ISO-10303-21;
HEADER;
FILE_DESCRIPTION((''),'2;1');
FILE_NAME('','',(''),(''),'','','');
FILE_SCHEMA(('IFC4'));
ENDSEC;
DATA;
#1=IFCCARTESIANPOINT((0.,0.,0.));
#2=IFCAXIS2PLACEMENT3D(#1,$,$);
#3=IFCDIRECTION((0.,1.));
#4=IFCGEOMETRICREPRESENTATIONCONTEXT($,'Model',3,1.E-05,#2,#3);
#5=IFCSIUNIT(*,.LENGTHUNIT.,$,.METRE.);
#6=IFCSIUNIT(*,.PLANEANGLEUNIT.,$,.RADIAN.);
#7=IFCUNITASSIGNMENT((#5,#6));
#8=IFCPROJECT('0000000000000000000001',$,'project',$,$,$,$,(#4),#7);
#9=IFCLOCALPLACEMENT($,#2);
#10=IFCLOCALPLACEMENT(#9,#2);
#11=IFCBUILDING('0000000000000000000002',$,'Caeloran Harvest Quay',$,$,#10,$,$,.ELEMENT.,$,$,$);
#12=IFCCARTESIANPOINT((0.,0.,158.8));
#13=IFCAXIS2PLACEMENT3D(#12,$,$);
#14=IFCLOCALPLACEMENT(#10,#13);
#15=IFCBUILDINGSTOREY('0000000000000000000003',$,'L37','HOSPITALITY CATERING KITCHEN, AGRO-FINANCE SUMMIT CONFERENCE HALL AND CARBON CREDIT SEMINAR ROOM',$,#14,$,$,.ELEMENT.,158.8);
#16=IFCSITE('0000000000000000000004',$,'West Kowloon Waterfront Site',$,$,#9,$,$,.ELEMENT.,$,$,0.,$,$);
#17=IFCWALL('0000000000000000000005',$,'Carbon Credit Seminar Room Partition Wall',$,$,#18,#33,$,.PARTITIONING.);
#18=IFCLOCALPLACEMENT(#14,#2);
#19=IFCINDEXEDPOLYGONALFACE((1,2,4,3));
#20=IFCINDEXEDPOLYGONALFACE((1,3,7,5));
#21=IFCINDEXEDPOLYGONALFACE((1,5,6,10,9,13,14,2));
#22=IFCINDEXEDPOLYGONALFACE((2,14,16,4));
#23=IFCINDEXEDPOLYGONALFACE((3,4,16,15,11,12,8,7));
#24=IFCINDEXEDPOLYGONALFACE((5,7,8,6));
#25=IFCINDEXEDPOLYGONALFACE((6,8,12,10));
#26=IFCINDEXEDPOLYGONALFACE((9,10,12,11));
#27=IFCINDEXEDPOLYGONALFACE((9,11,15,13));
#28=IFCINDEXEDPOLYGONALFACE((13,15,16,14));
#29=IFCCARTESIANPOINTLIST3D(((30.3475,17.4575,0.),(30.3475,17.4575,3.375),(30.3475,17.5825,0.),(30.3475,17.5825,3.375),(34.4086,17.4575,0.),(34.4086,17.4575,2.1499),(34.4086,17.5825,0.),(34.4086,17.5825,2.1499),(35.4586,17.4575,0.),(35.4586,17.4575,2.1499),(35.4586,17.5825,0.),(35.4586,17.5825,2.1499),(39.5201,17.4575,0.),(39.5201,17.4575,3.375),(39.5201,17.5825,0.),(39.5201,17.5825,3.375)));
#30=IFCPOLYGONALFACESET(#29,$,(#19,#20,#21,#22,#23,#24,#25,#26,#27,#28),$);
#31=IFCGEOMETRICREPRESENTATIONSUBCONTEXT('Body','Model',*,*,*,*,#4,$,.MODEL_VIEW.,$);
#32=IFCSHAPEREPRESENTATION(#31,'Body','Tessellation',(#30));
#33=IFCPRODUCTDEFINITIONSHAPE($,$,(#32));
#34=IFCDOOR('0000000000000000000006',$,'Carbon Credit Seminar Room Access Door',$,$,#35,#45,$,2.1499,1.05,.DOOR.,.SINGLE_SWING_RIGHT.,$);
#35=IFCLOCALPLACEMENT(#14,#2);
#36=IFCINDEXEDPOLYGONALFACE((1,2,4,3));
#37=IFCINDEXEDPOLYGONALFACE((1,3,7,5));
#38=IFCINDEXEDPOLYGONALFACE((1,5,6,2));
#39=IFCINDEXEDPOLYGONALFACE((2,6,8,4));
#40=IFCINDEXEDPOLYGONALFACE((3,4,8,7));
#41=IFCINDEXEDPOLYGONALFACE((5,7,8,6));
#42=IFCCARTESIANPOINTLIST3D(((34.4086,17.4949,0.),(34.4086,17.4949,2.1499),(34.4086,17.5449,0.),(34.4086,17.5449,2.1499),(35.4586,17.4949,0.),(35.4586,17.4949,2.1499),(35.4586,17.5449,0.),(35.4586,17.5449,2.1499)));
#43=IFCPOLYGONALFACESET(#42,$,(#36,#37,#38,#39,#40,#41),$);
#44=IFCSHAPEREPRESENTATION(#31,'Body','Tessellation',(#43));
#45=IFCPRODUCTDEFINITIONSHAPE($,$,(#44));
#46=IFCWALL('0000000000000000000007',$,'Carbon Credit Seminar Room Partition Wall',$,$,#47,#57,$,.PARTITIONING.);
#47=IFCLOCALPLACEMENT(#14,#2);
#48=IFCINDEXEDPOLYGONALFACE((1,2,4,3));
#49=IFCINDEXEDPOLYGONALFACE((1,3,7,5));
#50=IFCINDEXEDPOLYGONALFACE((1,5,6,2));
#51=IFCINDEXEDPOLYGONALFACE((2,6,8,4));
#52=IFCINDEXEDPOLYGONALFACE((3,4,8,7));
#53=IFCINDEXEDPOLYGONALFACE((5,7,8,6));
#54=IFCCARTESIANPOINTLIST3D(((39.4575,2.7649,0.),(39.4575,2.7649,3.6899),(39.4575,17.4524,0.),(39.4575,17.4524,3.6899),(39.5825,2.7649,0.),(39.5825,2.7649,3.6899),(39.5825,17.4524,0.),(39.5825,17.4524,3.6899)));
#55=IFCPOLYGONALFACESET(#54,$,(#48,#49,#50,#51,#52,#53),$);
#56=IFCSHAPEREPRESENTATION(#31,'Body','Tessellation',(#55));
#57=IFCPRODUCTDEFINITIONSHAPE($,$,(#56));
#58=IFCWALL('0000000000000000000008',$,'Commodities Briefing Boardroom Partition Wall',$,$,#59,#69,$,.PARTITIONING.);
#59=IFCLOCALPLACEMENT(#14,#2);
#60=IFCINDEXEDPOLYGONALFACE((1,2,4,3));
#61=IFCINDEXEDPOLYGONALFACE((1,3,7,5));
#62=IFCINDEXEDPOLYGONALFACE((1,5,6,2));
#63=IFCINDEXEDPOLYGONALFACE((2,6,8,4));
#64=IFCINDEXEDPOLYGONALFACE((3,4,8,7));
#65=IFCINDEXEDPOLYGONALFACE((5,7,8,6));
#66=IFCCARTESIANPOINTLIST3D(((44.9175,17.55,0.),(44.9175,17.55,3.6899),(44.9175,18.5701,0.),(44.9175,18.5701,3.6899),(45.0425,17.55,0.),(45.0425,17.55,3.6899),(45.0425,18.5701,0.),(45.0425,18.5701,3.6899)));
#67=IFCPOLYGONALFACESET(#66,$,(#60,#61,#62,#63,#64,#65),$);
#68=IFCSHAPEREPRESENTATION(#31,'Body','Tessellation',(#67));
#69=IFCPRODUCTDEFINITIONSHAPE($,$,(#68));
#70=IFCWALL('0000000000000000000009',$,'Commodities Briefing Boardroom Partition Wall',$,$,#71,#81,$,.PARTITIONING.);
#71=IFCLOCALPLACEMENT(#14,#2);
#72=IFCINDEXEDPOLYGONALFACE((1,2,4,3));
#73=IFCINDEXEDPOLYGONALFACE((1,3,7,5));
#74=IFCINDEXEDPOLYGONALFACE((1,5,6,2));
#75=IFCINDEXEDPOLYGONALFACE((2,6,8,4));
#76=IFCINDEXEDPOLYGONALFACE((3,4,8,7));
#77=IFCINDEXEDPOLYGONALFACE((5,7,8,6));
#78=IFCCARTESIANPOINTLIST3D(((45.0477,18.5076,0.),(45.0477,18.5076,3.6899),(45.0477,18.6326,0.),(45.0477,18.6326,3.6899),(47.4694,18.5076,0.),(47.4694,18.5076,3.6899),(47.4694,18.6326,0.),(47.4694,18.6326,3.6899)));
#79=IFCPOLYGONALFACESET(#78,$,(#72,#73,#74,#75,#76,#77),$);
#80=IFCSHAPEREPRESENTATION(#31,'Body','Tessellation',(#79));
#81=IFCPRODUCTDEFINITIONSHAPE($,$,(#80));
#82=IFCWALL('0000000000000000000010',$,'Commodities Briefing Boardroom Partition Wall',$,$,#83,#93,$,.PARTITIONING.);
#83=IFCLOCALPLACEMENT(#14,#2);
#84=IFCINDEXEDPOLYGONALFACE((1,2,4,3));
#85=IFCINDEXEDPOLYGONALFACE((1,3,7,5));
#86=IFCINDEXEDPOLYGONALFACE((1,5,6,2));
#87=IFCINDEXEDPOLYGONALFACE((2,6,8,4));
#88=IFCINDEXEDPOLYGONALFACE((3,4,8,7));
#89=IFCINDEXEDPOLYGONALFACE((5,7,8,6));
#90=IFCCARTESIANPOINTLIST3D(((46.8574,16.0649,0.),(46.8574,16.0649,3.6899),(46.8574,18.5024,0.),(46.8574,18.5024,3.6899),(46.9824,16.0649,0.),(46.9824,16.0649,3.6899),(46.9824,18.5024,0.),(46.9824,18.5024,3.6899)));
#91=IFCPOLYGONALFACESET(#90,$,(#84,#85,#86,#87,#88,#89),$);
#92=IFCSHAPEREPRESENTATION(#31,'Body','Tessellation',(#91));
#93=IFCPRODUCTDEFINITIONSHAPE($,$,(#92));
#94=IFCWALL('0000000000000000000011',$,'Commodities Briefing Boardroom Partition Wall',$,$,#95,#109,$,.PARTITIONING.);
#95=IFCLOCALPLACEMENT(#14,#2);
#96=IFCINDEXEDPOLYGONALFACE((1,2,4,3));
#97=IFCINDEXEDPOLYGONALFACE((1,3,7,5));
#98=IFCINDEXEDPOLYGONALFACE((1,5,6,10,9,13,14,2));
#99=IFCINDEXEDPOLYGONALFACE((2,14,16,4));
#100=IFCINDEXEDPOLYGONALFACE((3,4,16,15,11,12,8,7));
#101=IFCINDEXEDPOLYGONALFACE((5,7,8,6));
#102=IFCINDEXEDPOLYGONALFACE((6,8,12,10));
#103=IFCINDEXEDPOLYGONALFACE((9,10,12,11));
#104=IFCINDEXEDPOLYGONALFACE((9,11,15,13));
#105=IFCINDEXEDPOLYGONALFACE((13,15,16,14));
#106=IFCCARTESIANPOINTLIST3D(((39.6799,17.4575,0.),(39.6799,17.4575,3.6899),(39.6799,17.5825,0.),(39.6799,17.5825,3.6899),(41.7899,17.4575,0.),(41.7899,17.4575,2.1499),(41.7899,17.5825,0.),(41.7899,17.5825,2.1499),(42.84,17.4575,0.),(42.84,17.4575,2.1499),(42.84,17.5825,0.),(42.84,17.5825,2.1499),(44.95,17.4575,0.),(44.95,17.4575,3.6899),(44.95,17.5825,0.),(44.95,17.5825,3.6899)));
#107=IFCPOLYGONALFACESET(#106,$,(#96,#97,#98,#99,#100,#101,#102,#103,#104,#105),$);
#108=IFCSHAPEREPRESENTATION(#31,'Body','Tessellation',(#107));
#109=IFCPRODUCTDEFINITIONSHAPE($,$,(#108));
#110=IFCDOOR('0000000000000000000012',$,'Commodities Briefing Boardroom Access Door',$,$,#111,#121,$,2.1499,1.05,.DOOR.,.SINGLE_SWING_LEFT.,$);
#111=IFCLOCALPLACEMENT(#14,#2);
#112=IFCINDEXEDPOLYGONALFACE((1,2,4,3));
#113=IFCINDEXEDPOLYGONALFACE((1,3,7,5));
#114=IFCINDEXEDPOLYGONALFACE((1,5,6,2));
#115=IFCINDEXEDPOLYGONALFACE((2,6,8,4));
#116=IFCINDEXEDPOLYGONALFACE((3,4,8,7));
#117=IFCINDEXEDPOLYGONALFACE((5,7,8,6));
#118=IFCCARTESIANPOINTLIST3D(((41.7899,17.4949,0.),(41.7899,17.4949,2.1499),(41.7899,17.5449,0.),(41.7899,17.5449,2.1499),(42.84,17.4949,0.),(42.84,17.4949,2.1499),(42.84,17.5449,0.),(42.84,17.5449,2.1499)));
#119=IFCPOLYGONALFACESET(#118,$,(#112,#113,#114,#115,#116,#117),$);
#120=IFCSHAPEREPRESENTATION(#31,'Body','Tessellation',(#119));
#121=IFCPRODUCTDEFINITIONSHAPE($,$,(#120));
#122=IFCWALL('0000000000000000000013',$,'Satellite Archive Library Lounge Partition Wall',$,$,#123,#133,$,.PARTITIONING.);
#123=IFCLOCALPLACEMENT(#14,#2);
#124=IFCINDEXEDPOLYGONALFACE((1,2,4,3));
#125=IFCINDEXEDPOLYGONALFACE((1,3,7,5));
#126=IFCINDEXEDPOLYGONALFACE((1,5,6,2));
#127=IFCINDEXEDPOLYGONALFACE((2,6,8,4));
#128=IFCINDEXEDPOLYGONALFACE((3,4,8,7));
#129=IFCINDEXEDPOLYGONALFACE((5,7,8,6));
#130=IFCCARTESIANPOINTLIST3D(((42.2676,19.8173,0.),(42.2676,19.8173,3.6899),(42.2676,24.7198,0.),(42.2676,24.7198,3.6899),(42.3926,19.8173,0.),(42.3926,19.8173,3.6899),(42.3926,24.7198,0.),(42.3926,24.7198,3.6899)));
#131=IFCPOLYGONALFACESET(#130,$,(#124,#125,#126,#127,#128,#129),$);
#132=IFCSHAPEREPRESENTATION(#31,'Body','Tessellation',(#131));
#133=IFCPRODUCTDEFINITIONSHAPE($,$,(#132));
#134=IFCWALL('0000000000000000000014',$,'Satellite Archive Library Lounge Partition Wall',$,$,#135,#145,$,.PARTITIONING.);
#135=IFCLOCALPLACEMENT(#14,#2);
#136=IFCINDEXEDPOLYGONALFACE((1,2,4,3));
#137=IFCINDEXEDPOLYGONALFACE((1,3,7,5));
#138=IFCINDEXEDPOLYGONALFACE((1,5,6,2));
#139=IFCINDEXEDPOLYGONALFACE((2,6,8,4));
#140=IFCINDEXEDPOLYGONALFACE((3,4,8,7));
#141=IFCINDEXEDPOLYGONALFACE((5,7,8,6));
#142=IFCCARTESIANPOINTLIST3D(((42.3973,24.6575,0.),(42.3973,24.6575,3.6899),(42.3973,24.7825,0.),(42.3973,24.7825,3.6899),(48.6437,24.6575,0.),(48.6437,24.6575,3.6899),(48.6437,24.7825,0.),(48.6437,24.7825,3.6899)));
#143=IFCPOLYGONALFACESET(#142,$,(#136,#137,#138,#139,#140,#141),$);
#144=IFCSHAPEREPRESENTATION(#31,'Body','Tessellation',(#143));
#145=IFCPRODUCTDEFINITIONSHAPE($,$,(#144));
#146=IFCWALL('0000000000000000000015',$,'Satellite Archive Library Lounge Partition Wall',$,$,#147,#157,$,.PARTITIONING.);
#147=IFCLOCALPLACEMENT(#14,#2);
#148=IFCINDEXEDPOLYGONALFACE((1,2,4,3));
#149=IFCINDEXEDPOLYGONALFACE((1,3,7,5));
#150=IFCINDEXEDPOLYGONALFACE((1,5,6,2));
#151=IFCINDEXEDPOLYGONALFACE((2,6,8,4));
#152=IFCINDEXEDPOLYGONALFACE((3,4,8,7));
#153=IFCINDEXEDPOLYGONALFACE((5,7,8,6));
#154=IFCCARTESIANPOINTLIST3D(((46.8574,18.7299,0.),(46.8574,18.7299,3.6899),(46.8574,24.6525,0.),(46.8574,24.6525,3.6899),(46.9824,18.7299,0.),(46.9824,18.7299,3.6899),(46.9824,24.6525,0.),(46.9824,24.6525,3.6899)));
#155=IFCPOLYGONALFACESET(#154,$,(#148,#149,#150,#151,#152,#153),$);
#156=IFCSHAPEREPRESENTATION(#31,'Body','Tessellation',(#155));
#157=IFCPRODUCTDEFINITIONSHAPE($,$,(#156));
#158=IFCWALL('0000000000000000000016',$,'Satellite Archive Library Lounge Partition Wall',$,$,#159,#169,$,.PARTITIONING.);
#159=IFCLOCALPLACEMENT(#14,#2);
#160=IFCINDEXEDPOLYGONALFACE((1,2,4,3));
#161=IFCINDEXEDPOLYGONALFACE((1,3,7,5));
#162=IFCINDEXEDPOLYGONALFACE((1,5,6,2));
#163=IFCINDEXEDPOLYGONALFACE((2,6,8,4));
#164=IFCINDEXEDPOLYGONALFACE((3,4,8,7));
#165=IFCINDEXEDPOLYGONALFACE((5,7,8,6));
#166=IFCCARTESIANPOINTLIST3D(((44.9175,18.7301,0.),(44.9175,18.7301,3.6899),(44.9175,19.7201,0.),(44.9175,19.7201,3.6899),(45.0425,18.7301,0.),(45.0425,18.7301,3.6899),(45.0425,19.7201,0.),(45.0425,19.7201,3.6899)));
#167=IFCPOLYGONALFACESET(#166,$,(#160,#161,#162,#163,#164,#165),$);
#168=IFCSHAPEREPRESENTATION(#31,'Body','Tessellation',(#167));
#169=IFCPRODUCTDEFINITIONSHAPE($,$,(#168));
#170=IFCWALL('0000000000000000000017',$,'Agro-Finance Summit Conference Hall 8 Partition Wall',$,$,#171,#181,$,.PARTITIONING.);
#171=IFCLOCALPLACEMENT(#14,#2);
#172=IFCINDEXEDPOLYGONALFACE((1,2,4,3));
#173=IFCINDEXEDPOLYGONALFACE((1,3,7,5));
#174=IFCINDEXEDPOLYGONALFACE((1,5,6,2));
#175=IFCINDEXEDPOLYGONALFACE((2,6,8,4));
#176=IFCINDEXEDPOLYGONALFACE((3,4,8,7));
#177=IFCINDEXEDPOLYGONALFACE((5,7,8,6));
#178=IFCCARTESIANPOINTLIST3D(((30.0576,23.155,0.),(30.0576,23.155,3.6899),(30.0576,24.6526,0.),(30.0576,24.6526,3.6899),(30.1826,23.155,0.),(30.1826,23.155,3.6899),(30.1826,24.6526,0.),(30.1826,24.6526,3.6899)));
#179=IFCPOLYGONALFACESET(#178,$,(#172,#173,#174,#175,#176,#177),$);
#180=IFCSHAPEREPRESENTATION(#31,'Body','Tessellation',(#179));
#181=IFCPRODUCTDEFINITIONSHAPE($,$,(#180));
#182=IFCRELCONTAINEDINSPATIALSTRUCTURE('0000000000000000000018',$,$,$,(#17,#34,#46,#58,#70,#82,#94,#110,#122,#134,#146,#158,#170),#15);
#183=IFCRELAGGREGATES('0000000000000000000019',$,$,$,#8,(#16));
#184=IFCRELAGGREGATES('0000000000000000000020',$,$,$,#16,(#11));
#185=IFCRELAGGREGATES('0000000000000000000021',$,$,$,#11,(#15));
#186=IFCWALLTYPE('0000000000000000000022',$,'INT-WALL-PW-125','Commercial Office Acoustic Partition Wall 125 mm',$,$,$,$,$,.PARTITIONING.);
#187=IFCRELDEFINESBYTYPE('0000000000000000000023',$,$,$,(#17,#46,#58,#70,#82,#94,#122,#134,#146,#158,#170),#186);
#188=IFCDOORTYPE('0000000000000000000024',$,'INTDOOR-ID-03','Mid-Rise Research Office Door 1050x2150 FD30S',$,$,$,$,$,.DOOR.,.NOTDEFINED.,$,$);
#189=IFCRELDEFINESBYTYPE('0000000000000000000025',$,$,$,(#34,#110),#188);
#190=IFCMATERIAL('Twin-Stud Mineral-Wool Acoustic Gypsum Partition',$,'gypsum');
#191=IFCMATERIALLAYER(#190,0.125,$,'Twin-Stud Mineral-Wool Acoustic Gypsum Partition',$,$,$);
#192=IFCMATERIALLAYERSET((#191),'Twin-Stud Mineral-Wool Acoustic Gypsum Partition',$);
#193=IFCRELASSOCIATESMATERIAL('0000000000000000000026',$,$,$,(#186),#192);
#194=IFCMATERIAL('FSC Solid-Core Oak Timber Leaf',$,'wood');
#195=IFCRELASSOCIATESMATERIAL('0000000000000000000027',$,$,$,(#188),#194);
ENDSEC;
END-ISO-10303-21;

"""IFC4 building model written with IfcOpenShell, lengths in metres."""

from ifc_helpers import new_model, si_unit, direction, frame, frame_2d, origin, place, context, subcontext, project, spatial, rectangle, extrude, material, layer, layer_set, type_object, element, fill, save


model = new_model("IFC4")

# Units and contexts
model_context = context("Model", 3, precision=1e-05, world=origin(), true_north=direction((0.0, 1.0)))
body_context = subcontext(model_context, "Body", "Model", "MODEL_VIEW")
ifc_project = project(units=[si_unit("LENGTHUNIT", "METRE"), si_unit("PLANEANGLEUNIT", "RADIAN")], contexts=[model_context])

# Site, building, storey
site_placement = place(None, origin())
site = spatial("IfcSite", under=ifc_project, at=site_placement, Name="West Kowloon Waterfront Site", CompositionType="ELEMENT", RefElevation=0.0)
building_placement = place(site_placement, origin())
building = spatial("IfcBuilding", under=site, at=building_placement, Name="Caeloran Harvest Quay", CompositionType="ELEMENT")
storey_placement = place(building_placement, frame((0.0, 0.0, 158.8)))
storey = spatial("IfcBuildingStorey", under=building, at=storey_placement, Name="L37", Description="HOSPITALITY CATERING KITCHEN, AGRO-FINANCE SUMMIT CONFERENCE HALL AND CARBON CREDIT SEMINAR ROOM", CompositionType="ELEMENT", Elevation=158.8)

# Wall, opening, door
ifc_material_1 = material(Name="Twin-Stud Mineral-Wool Acoustic Gypsum Partition", Category="gypsum")
ifc_layer_1 = layer(ifc_material_1, 0.125, Name="Twin-Stud Mineral-Wool Acoustic Gypsum Partition")
ifc_layer_set_1 = layer_set([ifc_layer_1], Name="Twin-Stud Mineral-Wool Acoustic Gypsum Partition")
wall_type_1 = type_object("IfcWallType", Name="INT-WALL-PW-125", Description="Commercial Office Acoustic Partition Wall 125 mm", PredefinedType="PARTITIONING", material=ifc_layer_set_1)
wall_1_placement = place(storey_placement, frame((30.3474, 17.52, 0.0), z_axis=(0.0, 0.0, 1.0), x_axis=(1.0, 0.0, 0.0)))
wall_1 = element("IfcWall", 1, at=wall_1_placement, inside=storey, type_object=wall_type_1, Name="Carbon Credit Seminar Room Partition Wall", PredefinedType="PARTITIONING", context=body_context, shape_type="SweptSolid", body=[
    extrude(rectangle(XDim=9.1726, YDim=0.125, at=frame_2d((4.5864, 0.0))), origin(), (0.0, 0.0, 1.0), 3.375),
])
opening_1_placement = place(wall_1_placement, frame((4.0613, 0.0, 0.0)))
opening_1 = element("IfcOpeningElement", 2, at=opening_1_placement, cuts=wall_1, PredefinedType="OPENING", context=body_context, shape_type="SweptSolid", body=[
    extrude(rectangle(XDim=1.05, YDim=2.1499, at=frame_2d((0.5249, 1.075))), frame((0.0, 0.0725, 0.0), z_axis=(0.0, -1.0, 0.0), x_axis=(1.0, 0.0, 0.0)), (0.0, 0.0, 1.0), 0.145),
])
ifc_material_2 = material(Name="FSC Solid-Core Oak Timber Leaf", Category="wood")
door_type = type_object("IfcDoorType", Name="INTDOOR-ID-03", Description="Mid-Rise Research Office Door 1050x2150 FD30S", OperationType="NOTDEFINED", PredefinedType="DOOR", material=ifc_material_2)
door_1_placement = place(opening_1_placement, origin())
door_1 = element("IfcDoor", 3, at=door_1_placement, inside=storey, type_object=door_type, Name="Carbon Credit Seminar Room Access Door", OperationType="SINGLE_SWING_RIGHT", OverallHeight=2.1499, OverallWidth=1.05, PredefinedType="DOOR", context=body_context, shape_type="SweptSolid", body=[
    extrude(rectangle(XDim=1.05, YDim=2.1499, at=frame_2d((0.5249, 1.075))), frame((0.0, 0.0249, 0.0), z_axis=(0.0, -1.0, 0.0), x_axis=(1.0, 0.0, 0.0)), (0.0, 0.0, 1.0), 0.05),
])
fill(opening_1, door_1)

# Walls
wall_2_placement = place(storey_placement, frame((39.52, 17.4524, 0.0), z_axis=(0.0, 0.0, 1.0), x_axis=(0.0, -1.0, 0.0)))
element("IfcWall", 4, at=wall_2_placement, inside=storey, type_object=wall_type_1, Name="Carbon Credit Seminar Room Partition Wall", PredefinedType="PARTITIONING", context=body_context, shape_type="SweptSolid", body=[
    extrude(rectangle(XDim=14.6875, YDim=0.125, at=frame_2d((7.3438, 0.0))), origin(), (0.0, 0.0, 1.0), 3.6899),
])
wall_3_placement = place(storey_placement, frame((44.98, 17.55, 0.0), z_axis=(0.0, 0.0, 1.0), x_axis=(0.0, 1.0, 0.0)))
element("IfcWall", 5, at=wall_3_placement, inside=storey, type_object=wall_type_1, Name="Commodities Briefing Boardroom Partition Wall", PredefinedType="PARTITIONING", context=body_context, shape_type="SweptSolid", body=[
    extrude(rectangle(XDim=1.02, YDim=0.125, at=frame_2d((0.51, 0.0))), origin(), (0.0, 0.0, 1.0), 3.6899),
])
wall_4_placement = place(storey_placement, frame((45.0476, 18.5701, 0.0), z_axis=(0.0, 0.0, 1.0), x_axis=(1.0, 0.0, 0.0)))
element("IfcWall", 6, at=wall_4_placement, inside=storey, type_object=wall_type_1, Name="Commodities Briefing Boardroom Partition Wall", PredefinedType="PARTITIONING", context=body_context, shape_type="SweptSolid", body=[
    extrude(rectangle(XDim=2.4216, YDim=0.125, at=frame_2d((1.2109, 0.0))), origin(), (0.0, 0.0, 1.0), 3.6899),
])
wall_5_placement = place(storey_placement, frame((46.9199, 18.5024, 0.0), z_axis=(0.0, 0.0, 1.0), x_axis=(0.0, -1.0, 0.0)))
element("IfcWall", 7, at=wall_5_placement, inside=storey, type_object=wall_type_1, Name="Commodities Briefing Boardroom Partition Wall", PredefinedType="PARTITIONING", context=body_context, shape_type="SweptSolid", body=[
    extrude(rectangle(XDim=2.4375, YDim=0.125, at=frame_2d((1.2188, 0.0))), origin(), (0.0, 0.0, 1.0), 3.6899),
])

# Wall, opening, door
wall_6_placement = place(storey_placement, frame((39.6799, 17.52, 0.0), z_axis=(0.0, 0.0, 1.0), x_axis=(1.0, 0.0, 0.0)))
wall_6 = element("IfcWall", 8, at=wall_6_placement, inside=storey, type_object=wall_type_1, Name="Commodities Briefing Boardroom Partition Wall", PredefinedType="PARTITIONING", context=body_context, shape_type="SweptSolid", body=[
    extrude(rectangle(XDim=5.27, YDim=0.125, at=frame_2d((2.635, 0.0))), origin(), (0.0, 0.0, 1.0), 3.6899),
])
opening_2_placement = place(wall_6_placement, frame((2.1101, 0.0, 0.0)))
opening_2 = element("IfcOpeningElement", 9, at=opening_2_placement, cuts=wall_6, PredefinedType="OPENING", context=body_context, shape_type="SweptSolid", body=[
    extrude(rectangle(XDim=1.05, YDim=2.1499, at=frame_2d((0.5249, 1.075))), frame((0.0, 0.0725, 0.0), z_axis=(0.0, -1.0, 0.0), x_axis=(1.0, 0.0, 0.0)), (0.0, 0.0, 1.0), 0.145),
])
door_2_placement = place(opening_2_placement, origin())
door_2 = element("IfcDoor", 10, at=door_2_placement, inside=storey, type_object=door_type, Name="Commodities Briefing Boardroom Access Door", OperationType="SINGLE_SWING_LEFT", OverallHeight=2.1499, OverallWidth=1.05, PredefinedType="DOOR", context=body_context, shape_type="SweptSolid", body=[
    extrude(rectangle(XDim=1.05, YDim=2.1499, at=frame_2d((0.5249, 1.075))), frame((0.0, 0.0249, 0.0), z_axis=(0.0, -1.0, 0.0), x_axis=(1.0, 0.0, 0.0)), (0.0, 0.0, 1.0), 0.05),
])
fill(opening_2, door_2)

# Walls
wall_7_placement = place(storey_placement, frame((42.3301, 19.8174, 0.0), z_axis=(0.0, 0.0, 1.0), x_axis=(0.0, 1.0, 0.0)))
element("IfcWall", 11, at=wall_7_placement, inside=storey, type_object=wall_type_1, Name="Satellite Archive Library Lounge Partition Wall", PredefinedType="PARTITIONING", context=body_context, shape_type="SweptSolid", body=[
    extrude(rectangle(XDim=4.9026, YDim=0.125, at=frame_2d((2.4512, 0.0))), origin(), (0.0, 0.0, 1.0), 3.6899),
])
wall_8_placement = place(storey_placement, frame((42.3975, 24.72, 0.0), z_axis=(0.0, 0.0, 1.0), x_axis=(1.0, 0.0, 0.0)))
element("IfcWall", 12, at=wall_8_placement, inside=storey, type_object=wall_type_1, Name="Satellite Archive Library Lounge Partition Wall", PredefinedType="PARTITIONING", context=body_context, shape_type="SweptSolid", body=[
    extrude(rectangle(XDim=6.2463, YDim=0.125, at=frame_2d((3.123, 0.0))), origin(), (0.0, 0.0, 1.0), 3.6899),
])
wall_9_placement = place(storey_placement, frame((46.9199, 24.6526, 0.0), z_axis=(0.0, 0.0, 1.0), x_axis=(0.0, -1.0, 0.0)))
element("IfcWall", 13, at=wall_9_placement, inside=storey, type_object=wall_type_1, Name="Satellite Archive Library Lounge Partition Wall", PredefinedType="PARTITIONING", context=body_context, shape_type="SweptSolid", body=[
    extrude(rectangle(XDim=5.9226, YDim=0.125, at=frame_2d((2.9614, 0.0))), origin(), (0.0, 0.0, 1.0), 3.6899),
])
wall_10_placement = place(storey_placement, frame((44.98, 18.73, 0.0), z_axis=(0.0, 0.0, 1.0), x_axis=(0.0, 1.0, 0.0)))
element("IfcWall", 14, at=wall_10_placement, inside=storey, type_object=wall_type_1, Name="Satellite Archive Library Lounge Partition Wall", PredefinedType="PARTITIONING", context=body_context, shape_type="SweptSolid", body=[
    extrude(rectangle(XDim=0.99, YDim=0.125, at=frame_2d((0.4951, 0.0))), origin(), (0.0, 0.0, 1.0), 3.6899),
])
wall_11_placement = place(storey_placement, frame((30.1201, 24.6526, 0.0), z_axis=(0.0, 0.0, 1.0), x_axis=(0.0, -1.0, 0.0)))
element("IfcWall", 15, at=wall_11_placement, inside=storey, type_object=wall_type_1, Name="Agro-Finance Summit Conference Hall 8 Partition Wall", PredefinedType="PARTITIONING", context=body_context, shape_type="SweptSolid", body=[
    extrude(rectangle(XDim=1.4976, YDim=0.125, at=frame_2d((0.7488, 0.0))), origin(), (0.0, 0.0, 1.0), 3.6899),
])

save(model, "model.ifc")
